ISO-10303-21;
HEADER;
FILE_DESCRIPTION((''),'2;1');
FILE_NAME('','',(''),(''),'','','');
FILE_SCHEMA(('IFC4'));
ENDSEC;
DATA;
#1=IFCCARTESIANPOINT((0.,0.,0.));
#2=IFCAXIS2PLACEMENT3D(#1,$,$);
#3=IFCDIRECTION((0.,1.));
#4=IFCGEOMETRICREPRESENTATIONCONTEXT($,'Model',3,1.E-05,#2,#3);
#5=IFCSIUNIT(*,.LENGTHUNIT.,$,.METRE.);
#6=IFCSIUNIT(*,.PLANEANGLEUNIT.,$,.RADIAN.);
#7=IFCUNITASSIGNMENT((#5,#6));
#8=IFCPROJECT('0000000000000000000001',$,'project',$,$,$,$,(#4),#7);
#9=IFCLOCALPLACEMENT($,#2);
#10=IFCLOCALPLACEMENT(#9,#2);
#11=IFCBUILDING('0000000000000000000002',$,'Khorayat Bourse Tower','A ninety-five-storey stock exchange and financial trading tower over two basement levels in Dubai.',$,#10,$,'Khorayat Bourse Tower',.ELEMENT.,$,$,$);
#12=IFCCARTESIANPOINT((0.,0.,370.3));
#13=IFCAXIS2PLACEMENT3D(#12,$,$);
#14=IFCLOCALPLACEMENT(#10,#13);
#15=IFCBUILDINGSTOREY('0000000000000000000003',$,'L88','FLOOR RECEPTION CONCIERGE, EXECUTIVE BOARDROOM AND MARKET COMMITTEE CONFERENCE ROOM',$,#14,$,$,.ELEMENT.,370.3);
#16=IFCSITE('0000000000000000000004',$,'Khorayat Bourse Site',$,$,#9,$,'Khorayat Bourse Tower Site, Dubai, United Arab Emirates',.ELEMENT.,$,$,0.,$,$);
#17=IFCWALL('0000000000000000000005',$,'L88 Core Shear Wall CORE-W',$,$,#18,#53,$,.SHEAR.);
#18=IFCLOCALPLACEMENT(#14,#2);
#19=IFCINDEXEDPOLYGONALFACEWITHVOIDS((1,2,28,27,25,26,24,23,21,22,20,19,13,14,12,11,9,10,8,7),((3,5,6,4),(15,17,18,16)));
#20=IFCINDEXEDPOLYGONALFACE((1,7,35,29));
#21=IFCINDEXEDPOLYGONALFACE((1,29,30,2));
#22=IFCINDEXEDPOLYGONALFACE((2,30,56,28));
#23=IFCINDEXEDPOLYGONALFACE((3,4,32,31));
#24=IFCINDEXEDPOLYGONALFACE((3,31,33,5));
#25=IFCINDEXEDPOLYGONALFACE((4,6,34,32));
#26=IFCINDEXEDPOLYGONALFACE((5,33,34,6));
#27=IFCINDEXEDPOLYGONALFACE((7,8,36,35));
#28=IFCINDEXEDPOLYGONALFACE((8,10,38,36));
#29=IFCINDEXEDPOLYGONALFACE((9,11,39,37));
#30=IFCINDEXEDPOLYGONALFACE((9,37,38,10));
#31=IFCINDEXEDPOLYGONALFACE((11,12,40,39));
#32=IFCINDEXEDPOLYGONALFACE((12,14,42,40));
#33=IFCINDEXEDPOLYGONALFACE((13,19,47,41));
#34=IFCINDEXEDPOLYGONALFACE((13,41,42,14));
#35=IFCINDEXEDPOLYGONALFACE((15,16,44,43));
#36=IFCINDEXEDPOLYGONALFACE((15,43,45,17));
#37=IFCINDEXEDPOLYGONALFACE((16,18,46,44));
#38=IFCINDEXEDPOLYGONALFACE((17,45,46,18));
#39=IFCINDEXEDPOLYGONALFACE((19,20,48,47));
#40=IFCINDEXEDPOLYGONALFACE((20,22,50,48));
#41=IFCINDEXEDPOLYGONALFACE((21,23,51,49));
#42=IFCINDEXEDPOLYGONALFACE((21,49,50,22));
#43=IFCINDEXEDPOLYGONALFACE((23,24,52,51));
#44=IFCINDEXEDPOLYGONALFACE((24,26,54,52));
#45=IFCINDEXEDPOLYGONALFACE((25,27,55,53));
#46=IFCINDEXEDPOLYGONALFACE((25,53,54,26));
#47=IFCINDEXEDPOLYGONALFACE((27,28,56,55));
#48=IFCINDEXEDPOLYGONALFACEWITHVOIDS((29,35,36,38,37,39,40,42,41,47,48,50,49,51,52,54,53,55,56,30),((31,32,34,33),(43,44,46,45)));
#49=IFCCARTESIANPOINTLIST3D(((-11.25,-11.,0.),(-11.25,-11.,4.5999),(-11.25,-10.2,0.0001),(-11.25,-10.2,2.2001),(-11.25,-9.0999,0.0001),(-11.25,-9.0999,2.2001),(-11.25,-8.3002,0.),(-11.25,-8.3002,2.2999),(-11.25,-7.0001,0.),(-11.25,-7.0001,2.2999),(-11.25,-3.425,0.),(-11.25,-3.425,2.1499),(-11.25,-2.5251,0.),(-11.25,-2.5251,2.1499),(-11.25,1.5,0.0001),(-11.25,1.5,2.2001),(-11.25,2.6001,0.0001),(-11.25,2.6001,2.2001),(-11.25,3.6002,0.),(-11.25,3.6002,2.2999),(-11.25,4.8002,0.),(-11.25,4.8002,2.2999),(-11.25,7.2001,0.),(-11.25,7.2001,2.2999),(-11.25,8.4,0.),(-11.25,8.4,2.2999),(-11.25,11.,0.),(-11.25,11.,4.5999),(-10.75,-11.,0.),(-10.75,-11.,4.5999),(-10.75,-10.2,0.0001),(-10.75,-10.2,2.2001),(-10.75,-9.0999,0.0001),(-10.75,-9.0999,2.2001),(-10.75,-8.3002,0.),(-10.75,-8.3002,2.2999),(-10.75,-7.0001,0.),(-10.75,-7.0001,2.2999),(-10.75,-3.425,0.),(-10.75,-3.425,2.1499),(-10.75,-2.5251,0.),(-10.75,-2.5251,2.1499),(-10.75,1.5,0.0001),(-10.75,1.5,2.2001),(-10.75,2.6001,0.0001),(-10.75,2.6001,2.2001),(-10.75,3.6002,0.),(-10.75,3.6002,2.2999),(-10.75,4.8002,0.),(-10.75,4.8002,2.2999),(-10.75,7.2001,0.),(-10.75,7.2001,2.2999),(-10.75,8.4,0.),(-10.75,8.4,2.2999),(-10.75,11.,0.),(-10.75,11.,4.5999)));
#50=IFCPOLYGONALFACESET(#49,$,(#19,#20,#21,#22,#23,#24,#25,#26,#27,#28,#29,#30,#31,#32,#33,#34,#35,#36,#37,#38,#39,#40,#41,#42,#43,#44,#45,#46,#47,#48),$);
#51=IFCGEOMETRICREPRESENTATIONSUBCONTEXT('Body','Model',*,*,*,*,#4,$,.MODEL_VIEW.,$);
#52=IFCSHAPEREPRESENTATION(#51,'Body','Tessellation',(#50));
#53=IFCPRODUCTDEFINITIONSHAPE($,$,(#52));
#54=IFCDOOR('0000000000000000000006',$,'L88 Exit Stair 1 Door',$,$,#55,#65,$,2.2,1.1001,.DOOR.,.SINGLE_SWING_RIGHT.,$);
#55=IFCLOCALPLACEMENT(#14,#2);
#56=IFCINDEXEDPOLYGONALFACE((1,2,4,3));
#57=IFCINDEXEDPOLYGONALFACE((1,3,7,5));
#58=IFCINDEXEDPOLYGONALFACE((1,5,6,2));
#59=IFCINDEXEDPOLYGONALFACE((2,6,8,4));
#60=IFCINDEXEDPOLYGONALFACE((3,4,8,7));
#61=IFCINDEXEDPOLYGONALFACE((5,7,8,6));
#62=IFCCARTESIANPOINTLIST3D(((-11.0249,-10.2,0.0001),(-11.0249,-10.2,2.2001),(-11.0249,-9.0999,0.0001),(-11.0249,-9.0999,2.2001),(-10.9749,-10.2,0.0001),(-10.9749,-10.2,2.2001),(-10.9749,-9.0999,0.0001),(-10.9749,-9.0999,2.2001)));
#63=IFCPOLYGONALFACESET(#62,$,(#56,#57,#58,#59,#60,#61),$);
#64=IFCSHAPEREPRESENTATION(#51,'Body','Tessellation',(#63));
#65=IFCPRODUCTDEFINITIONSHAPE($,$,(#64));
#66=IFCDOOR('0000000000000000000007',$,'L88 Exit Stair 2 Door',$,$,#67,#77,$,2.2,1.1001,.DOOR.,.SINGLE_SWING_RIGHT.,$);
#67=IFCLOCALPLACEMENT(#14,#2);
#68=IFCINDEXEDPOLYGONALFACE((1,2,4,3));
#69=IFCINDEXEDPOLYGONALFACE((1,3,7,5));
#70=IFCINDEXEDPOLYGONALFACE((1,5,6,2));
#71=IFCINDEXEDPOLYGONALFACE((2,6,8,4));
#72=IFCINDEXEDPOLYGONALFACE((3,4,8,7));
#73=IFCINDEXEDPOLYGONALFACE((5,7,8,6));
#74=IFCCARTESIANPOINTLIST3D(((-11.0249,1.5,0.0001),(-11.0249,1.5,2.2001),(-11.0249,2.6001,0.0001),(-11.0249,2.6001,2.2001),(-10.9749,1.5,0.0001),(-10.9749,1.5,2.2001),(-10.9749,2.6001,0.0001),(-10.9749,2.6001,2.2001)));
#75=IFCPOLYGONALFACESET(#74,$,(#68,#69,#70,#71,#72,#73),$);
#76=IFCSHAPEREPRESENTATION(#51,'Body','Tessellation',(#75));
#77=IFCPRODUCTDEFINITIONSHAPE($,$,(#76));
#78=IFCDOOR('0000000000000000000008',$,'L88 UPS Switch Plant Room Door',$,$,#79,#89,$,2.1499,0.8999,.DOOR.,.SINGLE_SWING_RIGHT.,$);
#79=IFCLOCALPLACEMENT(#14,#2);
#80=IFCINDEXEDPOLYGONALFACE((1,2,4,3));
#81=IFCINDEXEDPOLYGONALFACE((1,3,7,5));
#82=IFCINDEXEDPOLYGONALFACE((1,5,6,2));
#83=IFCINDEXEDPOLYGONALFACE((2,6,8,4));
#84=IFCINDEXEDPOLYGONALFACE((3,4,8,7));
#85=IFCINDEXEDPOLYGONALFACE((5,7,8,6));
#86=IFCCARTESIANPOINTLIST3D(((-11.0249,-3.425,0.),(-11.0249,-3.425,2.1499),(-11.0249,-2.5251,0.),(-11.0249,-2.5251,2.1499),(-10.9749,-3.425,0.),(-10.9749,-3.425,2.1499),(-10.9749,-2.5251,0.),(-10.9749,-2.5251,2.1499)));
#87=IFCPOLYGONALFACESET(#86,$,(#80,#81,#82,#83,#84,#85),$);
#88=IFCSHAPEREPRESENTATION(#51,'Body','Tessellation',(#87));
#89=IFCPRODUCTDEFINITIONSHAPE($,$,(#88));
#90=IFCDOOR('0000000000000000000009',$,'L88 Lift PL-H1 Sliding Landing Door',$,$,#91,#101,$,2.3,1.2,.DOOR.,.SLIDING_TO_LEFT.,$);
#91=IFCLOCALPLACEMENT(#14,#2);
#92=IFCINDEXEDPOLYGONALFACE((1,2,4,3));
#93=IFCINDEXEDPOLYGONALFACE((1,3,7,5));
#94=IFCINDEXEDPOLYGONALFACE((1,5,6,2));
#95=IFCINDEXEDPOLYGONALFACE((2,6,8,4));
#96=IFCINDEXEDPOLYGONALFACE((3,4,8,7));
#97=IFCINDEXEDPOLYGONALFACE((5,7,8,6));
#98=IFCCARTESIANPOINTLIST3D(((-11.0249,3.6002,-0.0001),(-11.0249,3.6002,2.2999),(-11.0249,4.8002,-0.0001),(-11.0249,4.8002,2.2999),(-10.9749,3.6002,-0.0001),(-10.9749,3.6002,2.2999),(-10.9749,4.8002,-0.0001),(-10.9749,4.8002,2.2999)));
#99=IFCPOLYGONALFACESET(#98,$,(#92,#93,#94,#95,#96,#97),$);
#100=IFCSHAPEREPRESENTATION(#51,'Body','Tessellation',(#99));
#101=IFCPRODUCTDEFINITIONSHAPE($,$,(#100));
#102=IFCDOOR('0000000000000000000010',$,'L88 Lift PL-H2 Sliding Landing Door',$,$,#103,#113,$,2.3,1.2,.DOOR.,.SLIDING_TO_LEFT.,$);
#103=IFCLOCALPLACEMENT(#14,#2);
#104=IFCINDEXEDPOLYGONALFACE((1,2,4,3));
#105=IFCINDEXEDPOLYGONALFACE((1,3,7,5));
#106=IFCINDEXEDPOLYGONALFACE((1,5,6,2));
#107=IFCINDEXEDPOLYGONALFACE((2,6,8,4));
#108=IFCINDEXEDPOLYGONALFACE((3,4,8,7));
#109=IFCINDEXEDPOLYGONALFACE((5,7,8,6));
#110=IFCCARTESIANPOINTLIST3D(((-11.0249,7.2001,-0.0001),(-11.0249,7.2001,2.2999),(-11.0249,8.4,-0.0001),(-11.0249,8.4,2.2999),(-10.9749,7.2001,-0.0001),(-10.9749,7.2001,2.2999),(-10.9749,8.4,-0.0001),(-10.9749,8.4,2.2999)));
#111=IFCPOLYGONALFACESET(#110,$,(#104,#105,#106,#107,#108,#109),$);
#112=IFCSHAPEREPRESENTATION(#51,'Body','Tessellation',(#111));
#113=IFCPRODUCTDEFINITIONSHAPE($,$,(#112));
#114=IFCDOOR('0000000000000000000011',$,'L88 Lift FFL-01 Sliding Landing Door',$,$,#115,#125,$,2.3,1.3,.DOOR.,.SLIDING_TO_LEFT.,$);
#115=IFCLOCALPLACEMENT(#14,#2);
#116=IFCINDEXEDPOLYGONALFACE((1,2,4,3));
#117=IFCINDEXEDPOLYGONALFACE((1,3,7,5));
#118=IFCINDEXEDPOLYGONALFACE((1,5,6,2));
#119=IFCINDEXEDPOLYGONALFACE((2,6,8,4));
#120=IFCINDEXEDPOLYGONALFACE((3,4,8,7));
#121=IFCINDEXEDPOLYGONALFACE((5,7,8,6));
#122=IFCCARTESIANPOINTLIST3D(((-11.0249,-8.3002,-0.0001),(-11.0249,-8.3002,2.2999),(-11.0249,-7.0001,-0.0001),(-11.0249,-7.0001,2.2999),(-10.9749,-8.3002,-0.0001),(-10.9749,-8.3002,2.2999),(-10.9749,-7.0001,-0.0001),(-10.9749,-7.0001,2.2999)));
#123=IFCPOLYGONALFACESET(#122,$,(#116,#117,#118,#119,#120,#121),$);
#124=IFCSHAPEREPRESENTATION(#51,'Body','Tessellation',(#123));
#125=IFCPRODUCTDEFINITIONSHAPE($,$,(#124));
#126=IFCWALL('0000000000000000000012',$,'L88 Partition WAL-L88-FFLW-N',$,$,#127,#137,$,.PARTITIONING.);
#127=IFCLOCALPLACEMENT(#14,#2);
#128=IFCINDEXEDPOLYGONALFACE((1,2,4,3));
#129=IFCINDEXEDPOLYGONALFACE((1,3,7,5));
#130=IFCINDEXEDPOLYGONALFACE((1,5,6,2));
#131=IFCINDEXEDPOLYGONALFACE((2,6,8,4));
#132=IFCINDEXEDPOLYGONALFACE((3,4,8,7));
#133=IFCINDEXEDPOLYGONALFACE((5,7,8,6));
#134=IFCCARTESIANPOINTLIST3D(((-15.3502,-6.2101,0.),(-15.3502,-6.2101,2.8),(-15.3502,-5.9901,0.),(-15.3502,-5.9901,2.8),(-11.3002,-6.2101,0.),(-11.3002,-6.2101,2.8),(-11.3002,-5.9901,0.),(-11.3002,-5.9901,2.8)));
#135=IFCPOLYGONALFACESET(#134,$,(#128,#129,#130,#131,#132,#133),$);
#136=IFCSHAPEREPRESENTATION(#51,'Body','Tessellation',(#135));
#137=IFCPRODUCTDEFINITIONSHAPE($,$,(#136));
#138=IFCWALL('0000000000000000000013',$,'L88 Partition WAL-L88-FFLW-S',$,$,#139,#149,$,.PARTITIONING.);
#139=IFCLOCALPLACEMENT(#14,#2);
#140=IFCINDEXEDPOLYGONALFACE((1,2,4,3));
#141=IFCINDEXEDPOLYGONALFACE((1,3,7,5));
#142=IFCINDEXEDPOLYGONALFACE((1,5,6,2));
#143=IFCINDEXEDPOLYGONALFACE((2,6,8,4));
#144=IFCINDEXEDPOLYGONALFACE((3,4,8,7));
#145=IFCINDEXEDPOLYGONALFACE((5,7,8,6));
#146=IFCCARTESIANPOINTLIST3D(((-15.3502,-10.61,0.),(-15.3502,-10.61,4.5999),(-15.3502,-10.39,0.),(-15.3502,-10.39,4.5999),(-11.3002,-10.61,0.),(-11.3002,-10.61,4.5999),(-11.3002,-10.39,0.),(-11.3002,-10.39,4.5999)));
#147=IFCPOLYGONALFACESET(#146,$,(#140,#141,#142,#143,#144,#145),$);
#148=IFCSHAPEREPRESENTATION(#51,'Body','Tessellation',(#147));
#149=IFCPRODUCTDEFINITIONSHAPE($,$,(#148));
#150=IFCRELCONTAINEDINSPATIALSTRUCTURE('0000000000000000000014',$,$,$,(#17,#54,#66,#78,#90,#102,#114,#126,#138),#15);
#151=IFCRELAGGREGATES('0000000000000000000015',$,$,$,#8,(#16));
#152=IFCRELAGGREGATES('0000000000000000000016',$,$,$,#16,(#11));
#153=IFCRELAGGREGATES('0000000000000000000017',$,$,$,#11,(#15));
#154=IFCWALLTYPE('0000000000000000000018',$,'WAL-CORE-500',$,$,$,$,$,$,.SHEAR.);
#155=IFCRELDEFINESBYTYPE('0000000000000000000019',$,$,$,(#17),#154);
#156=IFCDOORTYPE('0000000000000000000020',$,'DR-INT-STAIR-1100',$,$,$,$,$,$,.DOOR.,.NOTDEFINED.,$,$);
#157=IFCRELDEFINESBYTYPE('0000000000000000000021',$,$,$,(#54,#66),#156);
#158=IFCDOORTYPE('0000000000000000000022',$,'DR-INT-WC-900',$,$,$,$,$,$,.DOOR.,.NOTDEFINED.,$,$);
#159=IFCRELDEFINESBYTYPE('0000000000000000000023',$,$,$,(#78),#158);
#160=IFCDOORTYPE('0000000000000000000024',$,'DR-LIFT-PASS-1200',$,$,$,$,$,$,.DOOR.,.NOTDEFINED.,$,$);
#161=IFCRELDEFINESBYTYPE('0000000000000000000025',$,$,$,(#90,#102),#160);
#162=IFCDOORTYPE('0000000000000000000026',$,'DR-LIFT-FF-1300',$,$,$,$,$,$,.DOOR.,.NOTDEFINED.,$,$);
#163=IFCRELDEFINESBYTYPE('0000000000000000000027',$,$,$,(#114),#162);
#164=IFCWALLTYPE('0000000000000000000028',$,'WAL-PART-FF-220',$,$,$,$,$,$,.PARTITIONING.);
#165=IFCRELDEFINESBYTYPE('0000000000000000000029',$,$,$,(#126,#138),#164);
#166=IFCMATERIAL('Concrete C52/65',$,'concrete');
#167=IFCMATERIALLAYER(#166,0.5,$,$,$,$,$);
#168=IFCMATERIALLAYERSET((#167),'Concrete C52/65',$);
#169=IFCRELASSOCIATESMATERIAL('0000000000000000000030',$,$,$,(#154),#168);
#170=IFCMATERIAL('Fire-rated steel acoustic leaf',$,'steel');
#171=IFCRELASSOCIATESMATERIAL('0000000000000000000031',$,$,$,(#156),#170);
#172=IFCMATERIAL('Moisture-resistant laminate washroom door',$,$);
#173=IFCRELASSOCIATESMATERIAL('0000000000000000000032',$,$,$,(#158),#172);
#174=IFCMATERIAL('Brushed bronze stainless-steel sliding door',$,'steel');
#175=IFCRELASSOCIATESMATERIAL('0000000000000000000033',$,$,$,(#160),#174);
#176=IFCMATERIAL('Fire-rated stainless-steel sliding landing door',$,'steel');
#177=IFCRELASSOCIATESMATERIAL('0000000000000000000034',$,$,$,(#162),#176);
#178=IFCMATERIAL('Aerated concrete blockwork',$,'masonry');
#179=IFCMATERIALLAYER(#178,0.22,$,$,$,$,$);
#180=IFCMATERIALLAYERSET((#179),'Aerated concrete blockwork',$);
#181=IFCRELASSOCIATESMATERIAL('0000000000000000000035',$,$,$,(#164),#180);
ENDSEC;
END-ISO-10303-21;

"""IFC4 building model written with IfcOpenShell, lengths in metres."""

from ifc_helpers import new_model, si_unit, direction, frame, frame_2d, origin, place, context, subcontext, project, spatial, rectangle, extrude, source, transform, mapped, material, layer, layer_set, type_object, element, fill, save


model = new_model("IFC4")

# Units and contexts
model_context = context("Model", 3, precision=1e-05, world=origin(), true_north=direction((0.0, 1.0)))
body_context = subcontext(model_context, "Body", "Model", "MODEL_VIEW")
ifc_project = project(units=[si_unit("LENGTHUNIT", "METRE"), si_unit("PLANEANGLEUNIT", "RADIAN")], contexts=[model_context])

# Site, building, storey
site_placement = place(None, origin())
site = spatial("IfcSite", under=ifc_project, at=site_placement, Name="Khorayat Bourse Site", LongName="Khorayat Bourse Tower Site, Dubai, United Arab Emirates", CompositionType="ELEMENT", RefElevation=0.0)
building_placement = place(site_placement, origin())
building = spatial("IfcBuilding", under=site, at=building_placement, Name="Khorayat Bourse Tower", Description="A ninety-five-storey stock exchange and financial trading tower over two basement levels in Dubai.", LongName="Khorayat Bourse Tower", CompositionType="ELEMENT")
storey_placement = place(building_placement, frame((0.0, 0.0, 370.3)))
storey = spatial("IfcBuildingStorey", under=building, at=storey_placement, Name="L88", Description="FLOOR RECEPTION CONCIERGE, EXECUTIVE BOARDROOM AND MARKET COMMITTEE CONFERENCE ROOM", CompositionType="ELEMENT", Elevation=370.3)

# Shared definitions
ifc_material_1 = material(Name="Concrete C52/65", Category="concrete")

# Wall, openings, doors
ifc_layer_1 = layer(ifc_material_1, 0.5)
ifc_layer_set_1 = layer_set([ifc_layer_1], Name="Concrete C52/65")
wall_type_1 = type_object("IfcWallType", Name="WAL-CORE-500", PredefinedType="SHEAR", material=ifc_layer_set_1)
shared_shape_1 = source(origin(), body_context, "Body", "SweptSolid", [
    extrude(rectangle(XDim=22.0, YDim=0.5, at=frame_2d((11.0, 0.0))), origin(), (0.0, 0.0, 1.0), 4.5999),
])
wall_1_placement = place(storey_placement, frame((-11.0, -11.0, 0.0), z_axis=(0.0, 0.0, 1.0), x_axis=(0.0, 1.0, 0.0)))
wall_1 = element("IfcWall", 1, at=wall_1_placement, inside=storey, type_object=wall_type_1, Name="L88 Core Shear Wall CORE-W", PredefinedType="SHEAR", context=body_context, shape_type="MappedRepresentation", body=[
    mapped(shared_shape_1, transform((0.0, 0.0, 0.0), scale=1.0)),
])
shared_shape_2 = source(origin(), body_context, "Body", "SweptSolid", [
    extrude(rectangle(XDim=1.1001, YDim=2.2, at=frame_2d((0.55, 1.1001))), frame((0.0, 0.26, 0.0), z_axis=(0.0, -1.0, 0.0), x_axis=(1.0, 0.0, 0.0)), (0.0, 0.0, 1.0), 0.52),
])
opening_1_placement = place(wall_1_placement, frame((0.8, 0.0, 0.0)))
opening_1 = element("IfcOpeningElement", 2, at=opening_1_placement, cuts=wall_1, PredefinedType="OPENING", context=body_context, shape_type="MappedRepresentation", body=[
    mapped(shared_shape_2, transform((0.0, 0.0, 0.0), scale=1.0)),
])
opening_2_placement = place(wall_1_placement, frame((12.5, 0.0, 0.0)))
opening_2 = element("IfcOpeningElement", 3, at=opening_2_placement, cuts=wall_1, PredefinedType="OPENING", context=body_context, shape_type="MappedRepresentation", body=[
    mapped(shared_shape_2, transform((0.0, 0.0, 0.0), scale=1.0)),
])
shared_shape_3 = source(origin(), body_context, "Body", "SweptSolid", [
    extrude(rectangle(XDim=0.8999, YDim=2.1499, at=frame_2d((0.45, 1.075))), frame((0.0, 0.26, 0.0), z_axis=(0.0, -1.0, 0.0), x_axis=(1.0, 0.0, 0.0)), (0.0, 0.0, 1.0), 0.52),
])
opening_3_placement = place(wall_1_placement, frame((7.575, 0.0, 0.0)))
opening_3 = element("IfcOpeningElement", 4, at=opening_3_placement, cuts=wall_1, PredefinedType="OPENING", context=body_context, shape_type="MappedRepresentation", body=[
    mapped(shared_shape_3, transform((0.0, 0.0, 0.0), scale=1.0)),
])
shared_shape_4 = source(origin(), body_context, "Body", "SweptSolid", [
    extrude(rectangle(XDim=1.2, YDim=2.3, at=frame_2d((0.6001, 1.1499))), frame((0.0, 0.26, 0.0), z_axis=(0.0, -1.0, 0.0), x_axis=(1.0, 0.0, 0.0)), (0.0, 0.0, 1.0), 0.52),
])
opening_4_placement = place(wall_1_placement, frame((14.6001, 0.0, 0.0)))
opening_4 = element("IfcOpeningElement", 5, at=opening_4_placement, cuts=wall_1, PredefinedType="OPENING", context=body_context, shape_type="MappedRepresentation", body=[
    mapped(shared_shape_4, transform((0.0, 0.0, 0.0), scale=1.0)),
])
opening_5_placement = place(wall_1_placement, frame((18.2, 0.0, 0.0)))
opening_5 = element("IfcOpeningElement", 6, at=opening_5_placement, cuts=wall_1, PredefinedType="OPENING", context=body_context, shape_type="MappedRepresentation", body=[
    mapped(shared_shape_4, transform((0.0, 0.0, 0.0), scale=1.0)),
])
shared_shape_5 = source(origin(), body_context, "Body", "SweptSolid", [
    extrude(rectangle(XDim=1.3, YDim=2.3, at=frame_2d((0.6499, 1.1499))), frame((0.0, 0.26, 0.0), z_axis=(0.0, -1.0, 0.0), x_axis=(1.0, 0.0, 0.0)), (0.0, 0.0, 1.0), 0.52),
])
opening_6_placement = place(wall_1_placement, frame((2.7, 0.0, 0.0)))
opening_6 = element("IfcOpeningElement", 7, at=opening_6_placement, cuts=wall_1, PredefinedType="OPENING", context=body_context, shape_type="MappedRepresentation", body=[
    mapped(shared_shape_5, transform((0.0, 0.0, 0.0), scale=1.0)),
])
ifc_material_2 = material(Name="Fire-rated steel acoustic leaf", Category="steel")
door_type_1 = type_object("IfcDoorType", Name="DR-INT-STAIR-1100", OperationType="NOTDEFINED", PredefinedType="DOOR", material=ifc_material_2)
shared_shape_6 = source(origin(), body_context, "Body", "SweptSolid", [
    extrude(rectangle(XDim=1.1001, YDim=2.2, at=frame_2d((0.55, 1.1001))), frame((0.0, 0.0249, 0.0), z_axis=(0.0, -1.0, 0.0), x_axis=(1.0, 0.0, 0.0)), (0.0, 0.0, 1.0), 0.05),
])
door_1_placement = place(opening_1_placement, origin())
door_1 = element("IfcDoor", 8, at=door_1_placement, inside=storey, type_object=door_type_1, Name="L88 Exit Stair 1 Door", OperationType="SINGLE_SWING_RIGHT", OverallHeight=2.2, OverallWidth=1.1001, PredefinedType="DOOR", context=body_context, shape_type="MappedRepresentation", body=[
    mapped(shared_shape_6, transform((0.0, 0.0, 0.0), scale=1.0)),
])
fill(opening_1, door_1)
door_2_placement = place(opening_2_placement, origin())
door_2 = element("IfcDoor", 9, at=door_2_placement, inside=storey, type_object=door_type_1, Name="L88 Exit Stair 2 Door", OperationType="SINGLE_SWING_RIGHT", OverallHeight=2.2, OverallWidth=1.1001, PredefinedType="DOOR", context=body_context, shape_type="MappedRepresentation", body=[
    mapped(shared_shape_6, transform((0.0, 0.0, 0.0), scale=1.0)),
])
fill(opening_2, door_2)
ifc_material_3 = material(Name="Moisture-resistant laminate washroom door")
door_type_2 = type_object("IfcDoorType", Name="DR-INT-WC-900", OperationType="NOTDEFINED", PredefinedType="DOOR", material=ifc_material_3)
shared_shape_7 = source(origin(), body_context, "Body", "SweptSolid", [
    extrude(rectangle(XDim=0.8999, YDim=2.1499, at=frame_2d((0.45, 1.075))), frame((0.0, 0.0249, 0.0), z_axis=(0.0, -1.0, 0.0), x_axis=(1.0, 0.0, 0.0)), (0.0, 0.0, 1.0), 0.05),
])
door_3_placement = place(opening_3_placement, origin())
door_3 = element("IfcDoor", 10, at=door_3_placement, inside=storey, type_object=door_type_2, Name="L88 UPS Switch Plant Room Door", OperationType="SINGLE_SWING_RIGHT", OverallHeight=2.1499, OverallWidth=0.8999, PredefinedType="DOOR", context=body_context, shape_type="MappedRepresentation", body=[
    mapped(shared_shape_7, transform((0.0, 0.0, 0.0), scale=1.0)),
])
fill(opening_3, door_3)
ifc_material_4 = material(Name="Brushed bronze stainless-steel sliding door", Category="steel")
door_type_3 = type_object("IfcDoorType", Name="DR-LIFT-PASS-1200", OperationType="NOTDEFINED", PredefinedType="DOOR", material=ifc_material_4)
shared_shape_8 = source(origin(), body_context, "Body", "SweptSolid", [
    extrude(rectangle(XDim=1.2, YDim=2.3, at=frame_2d((0.6001, 1.1499))), frame((0.0, 0.0249, 0.0), z_axis=(0.0, -1.0, 0.0), x_axis=(1.0, 0.0, 0.0)), (0.0, 0.0, 1.0), 0.05),
])
door_4_placement = place(opening_4_placement, origin())
door_4 = element("IfcDoor", 11, at=door_4_placement, inside=storey, type_object=door_type_3, Name="L88 Lift PL-H1 Sliding Landing Door", OperationType="SLIDING_TO_LEFT", OverallHeight=2.3, OverallWidth=1.2, PredefinedType="DOOR", context=body_context, shape_type="MappedRepresentation", body=[
    mapped(shared_shape_8, transform((0.0, 0.0, 0.0), scale=1.0)),
])
fill(opening_4, door_4)
door_5_placement = place(opening_5_placement, origin())
door_5 = element("IfcDoor", 12, at=door_5_placement, inside=storey, type_object=door_type_3, Name="L88 Lift PL-H2 Sliding Landing Door", OperationType="SLIDING_TO_LEFT", OverallHeight=2.3, OverallWidth=1.2, PredefinedType="DOOR", context=body_context, shape_type="MappedRepresentation", body=[
    mapped(shared_shape_8, transform((0.0, 0.0, 0.0), scale=1.0)),
])
fill(opening_5, door_5)
ifc_material_5 = material(Name="Fire-rated stainless-steel sliding landing door", Category="steel")
door_type_4 = type_object("IfcDoorType", Name="DR-LIFT-FF-1300", OperationType="NOTDEFINED", PredefinedType="DOOR", material=ifc_material_5)
shared_shape_9 = source(origin(), body_context, "Body", "SweptSolid", [
    extrude(rectangle(XDim=1.3, YDim=2.3, at=frame_2d((0.6499, 1.1499))), frame((0.0, 0.0249, 0.0), z_axis=(0.0, -1.0, 0.0), x_axis=(1.0, 0.0, 0.0)), (0.0, 0.0, 1.0), 0.05),
])
door_6_placement = place(opening_6_placement, origin())
door_6 = element("IfcDoor", 13, at=door_6_placement, inside=storey, type_object=door_type_4, Name="L88 Lift FFL-01 Sliding Landing Door", OperationType="SLIDING_TO_LEFT", OverallHeight=2.3, OverallWidth=1.3, PredefinedType="DOOR", context=body_context, shape_type="MappedRepresentation", body=[
    mapped(shared_shape_9, transform((0.0, 0.0, 0.0), scale=1.0)),
])
fill(opening_6, door_6)

# Walls
ifc_material_6 = material(Name="Aerated concrete blockwork", Category="masonry")
ifc_layer_2 = layer(ifc_material_6, 0.22)
ifc_layer_set_2 = layer_set([ifc_layer_2], Name="Aerated concrete blockwork")
wall_type_2 = type_object("IfcWallType", Name="WAL-PART-FF-220", PredefinedType="PARTITIONING", material=ifc_layer_set_2)
shared_shape_10 = source(origin(), body_context, "Body", "SweptSolid", [
    extrude(rectangle(XDim=4.05, YDim=0.22, at=frame_2d((2.0249, 0.0))), origin(), (0.0, 0.0, 1.0), 2.8),
])
wall_2_placement = place(storey_placement, frame((-15.3501, -6.1001, 0.0), z_axis=(0.0, 0.0, 1.0), x_axis=(1.0, 0.0, 0.0)))
element("IfcWall", 14, at=wall_2_placement, inside=storey, type_object=wall_type_2, Name="L88 Partition WAL-L88-FFLW-N", PredefinedType="PARTITIONING", context=body_context, shape_type="MappedRepresentation", body=[
    mapped(shared_shape_10, transform((0.0, 0.0, 0.0), scale=1.0)),
])
shared_shape_11 = source(origin(), body_context, "Body", "SweptSolid", [
    extrude(rectangle(XDim=4.05, YDim=0.22, at=frame_2d((2.0249, 0.0))), origin(), (0.0, 0.0, 1.0), 4.5999),
])
wall_3_placement = place(storey_placement, frame((-15.3501, -10.5, 0.0), z_axis=(0.0, 0.0, 1.0), x_axis=(1.0, 0.0, 0.0)))
element("IfcWall", 15, at=wall_3_placement, inside=storey, type_object=wall_type_2, Name="L88 Partition WAL-L88-FFLW-S", PredefinedType="PARTITIONING", context=body_context, shape_type="MappedRepresentation", body=[
    mapped(shared_shape_11, transform((0.0, 0.0, 0.0), scale=1.0)),
])

save(model, "model.ifc")
